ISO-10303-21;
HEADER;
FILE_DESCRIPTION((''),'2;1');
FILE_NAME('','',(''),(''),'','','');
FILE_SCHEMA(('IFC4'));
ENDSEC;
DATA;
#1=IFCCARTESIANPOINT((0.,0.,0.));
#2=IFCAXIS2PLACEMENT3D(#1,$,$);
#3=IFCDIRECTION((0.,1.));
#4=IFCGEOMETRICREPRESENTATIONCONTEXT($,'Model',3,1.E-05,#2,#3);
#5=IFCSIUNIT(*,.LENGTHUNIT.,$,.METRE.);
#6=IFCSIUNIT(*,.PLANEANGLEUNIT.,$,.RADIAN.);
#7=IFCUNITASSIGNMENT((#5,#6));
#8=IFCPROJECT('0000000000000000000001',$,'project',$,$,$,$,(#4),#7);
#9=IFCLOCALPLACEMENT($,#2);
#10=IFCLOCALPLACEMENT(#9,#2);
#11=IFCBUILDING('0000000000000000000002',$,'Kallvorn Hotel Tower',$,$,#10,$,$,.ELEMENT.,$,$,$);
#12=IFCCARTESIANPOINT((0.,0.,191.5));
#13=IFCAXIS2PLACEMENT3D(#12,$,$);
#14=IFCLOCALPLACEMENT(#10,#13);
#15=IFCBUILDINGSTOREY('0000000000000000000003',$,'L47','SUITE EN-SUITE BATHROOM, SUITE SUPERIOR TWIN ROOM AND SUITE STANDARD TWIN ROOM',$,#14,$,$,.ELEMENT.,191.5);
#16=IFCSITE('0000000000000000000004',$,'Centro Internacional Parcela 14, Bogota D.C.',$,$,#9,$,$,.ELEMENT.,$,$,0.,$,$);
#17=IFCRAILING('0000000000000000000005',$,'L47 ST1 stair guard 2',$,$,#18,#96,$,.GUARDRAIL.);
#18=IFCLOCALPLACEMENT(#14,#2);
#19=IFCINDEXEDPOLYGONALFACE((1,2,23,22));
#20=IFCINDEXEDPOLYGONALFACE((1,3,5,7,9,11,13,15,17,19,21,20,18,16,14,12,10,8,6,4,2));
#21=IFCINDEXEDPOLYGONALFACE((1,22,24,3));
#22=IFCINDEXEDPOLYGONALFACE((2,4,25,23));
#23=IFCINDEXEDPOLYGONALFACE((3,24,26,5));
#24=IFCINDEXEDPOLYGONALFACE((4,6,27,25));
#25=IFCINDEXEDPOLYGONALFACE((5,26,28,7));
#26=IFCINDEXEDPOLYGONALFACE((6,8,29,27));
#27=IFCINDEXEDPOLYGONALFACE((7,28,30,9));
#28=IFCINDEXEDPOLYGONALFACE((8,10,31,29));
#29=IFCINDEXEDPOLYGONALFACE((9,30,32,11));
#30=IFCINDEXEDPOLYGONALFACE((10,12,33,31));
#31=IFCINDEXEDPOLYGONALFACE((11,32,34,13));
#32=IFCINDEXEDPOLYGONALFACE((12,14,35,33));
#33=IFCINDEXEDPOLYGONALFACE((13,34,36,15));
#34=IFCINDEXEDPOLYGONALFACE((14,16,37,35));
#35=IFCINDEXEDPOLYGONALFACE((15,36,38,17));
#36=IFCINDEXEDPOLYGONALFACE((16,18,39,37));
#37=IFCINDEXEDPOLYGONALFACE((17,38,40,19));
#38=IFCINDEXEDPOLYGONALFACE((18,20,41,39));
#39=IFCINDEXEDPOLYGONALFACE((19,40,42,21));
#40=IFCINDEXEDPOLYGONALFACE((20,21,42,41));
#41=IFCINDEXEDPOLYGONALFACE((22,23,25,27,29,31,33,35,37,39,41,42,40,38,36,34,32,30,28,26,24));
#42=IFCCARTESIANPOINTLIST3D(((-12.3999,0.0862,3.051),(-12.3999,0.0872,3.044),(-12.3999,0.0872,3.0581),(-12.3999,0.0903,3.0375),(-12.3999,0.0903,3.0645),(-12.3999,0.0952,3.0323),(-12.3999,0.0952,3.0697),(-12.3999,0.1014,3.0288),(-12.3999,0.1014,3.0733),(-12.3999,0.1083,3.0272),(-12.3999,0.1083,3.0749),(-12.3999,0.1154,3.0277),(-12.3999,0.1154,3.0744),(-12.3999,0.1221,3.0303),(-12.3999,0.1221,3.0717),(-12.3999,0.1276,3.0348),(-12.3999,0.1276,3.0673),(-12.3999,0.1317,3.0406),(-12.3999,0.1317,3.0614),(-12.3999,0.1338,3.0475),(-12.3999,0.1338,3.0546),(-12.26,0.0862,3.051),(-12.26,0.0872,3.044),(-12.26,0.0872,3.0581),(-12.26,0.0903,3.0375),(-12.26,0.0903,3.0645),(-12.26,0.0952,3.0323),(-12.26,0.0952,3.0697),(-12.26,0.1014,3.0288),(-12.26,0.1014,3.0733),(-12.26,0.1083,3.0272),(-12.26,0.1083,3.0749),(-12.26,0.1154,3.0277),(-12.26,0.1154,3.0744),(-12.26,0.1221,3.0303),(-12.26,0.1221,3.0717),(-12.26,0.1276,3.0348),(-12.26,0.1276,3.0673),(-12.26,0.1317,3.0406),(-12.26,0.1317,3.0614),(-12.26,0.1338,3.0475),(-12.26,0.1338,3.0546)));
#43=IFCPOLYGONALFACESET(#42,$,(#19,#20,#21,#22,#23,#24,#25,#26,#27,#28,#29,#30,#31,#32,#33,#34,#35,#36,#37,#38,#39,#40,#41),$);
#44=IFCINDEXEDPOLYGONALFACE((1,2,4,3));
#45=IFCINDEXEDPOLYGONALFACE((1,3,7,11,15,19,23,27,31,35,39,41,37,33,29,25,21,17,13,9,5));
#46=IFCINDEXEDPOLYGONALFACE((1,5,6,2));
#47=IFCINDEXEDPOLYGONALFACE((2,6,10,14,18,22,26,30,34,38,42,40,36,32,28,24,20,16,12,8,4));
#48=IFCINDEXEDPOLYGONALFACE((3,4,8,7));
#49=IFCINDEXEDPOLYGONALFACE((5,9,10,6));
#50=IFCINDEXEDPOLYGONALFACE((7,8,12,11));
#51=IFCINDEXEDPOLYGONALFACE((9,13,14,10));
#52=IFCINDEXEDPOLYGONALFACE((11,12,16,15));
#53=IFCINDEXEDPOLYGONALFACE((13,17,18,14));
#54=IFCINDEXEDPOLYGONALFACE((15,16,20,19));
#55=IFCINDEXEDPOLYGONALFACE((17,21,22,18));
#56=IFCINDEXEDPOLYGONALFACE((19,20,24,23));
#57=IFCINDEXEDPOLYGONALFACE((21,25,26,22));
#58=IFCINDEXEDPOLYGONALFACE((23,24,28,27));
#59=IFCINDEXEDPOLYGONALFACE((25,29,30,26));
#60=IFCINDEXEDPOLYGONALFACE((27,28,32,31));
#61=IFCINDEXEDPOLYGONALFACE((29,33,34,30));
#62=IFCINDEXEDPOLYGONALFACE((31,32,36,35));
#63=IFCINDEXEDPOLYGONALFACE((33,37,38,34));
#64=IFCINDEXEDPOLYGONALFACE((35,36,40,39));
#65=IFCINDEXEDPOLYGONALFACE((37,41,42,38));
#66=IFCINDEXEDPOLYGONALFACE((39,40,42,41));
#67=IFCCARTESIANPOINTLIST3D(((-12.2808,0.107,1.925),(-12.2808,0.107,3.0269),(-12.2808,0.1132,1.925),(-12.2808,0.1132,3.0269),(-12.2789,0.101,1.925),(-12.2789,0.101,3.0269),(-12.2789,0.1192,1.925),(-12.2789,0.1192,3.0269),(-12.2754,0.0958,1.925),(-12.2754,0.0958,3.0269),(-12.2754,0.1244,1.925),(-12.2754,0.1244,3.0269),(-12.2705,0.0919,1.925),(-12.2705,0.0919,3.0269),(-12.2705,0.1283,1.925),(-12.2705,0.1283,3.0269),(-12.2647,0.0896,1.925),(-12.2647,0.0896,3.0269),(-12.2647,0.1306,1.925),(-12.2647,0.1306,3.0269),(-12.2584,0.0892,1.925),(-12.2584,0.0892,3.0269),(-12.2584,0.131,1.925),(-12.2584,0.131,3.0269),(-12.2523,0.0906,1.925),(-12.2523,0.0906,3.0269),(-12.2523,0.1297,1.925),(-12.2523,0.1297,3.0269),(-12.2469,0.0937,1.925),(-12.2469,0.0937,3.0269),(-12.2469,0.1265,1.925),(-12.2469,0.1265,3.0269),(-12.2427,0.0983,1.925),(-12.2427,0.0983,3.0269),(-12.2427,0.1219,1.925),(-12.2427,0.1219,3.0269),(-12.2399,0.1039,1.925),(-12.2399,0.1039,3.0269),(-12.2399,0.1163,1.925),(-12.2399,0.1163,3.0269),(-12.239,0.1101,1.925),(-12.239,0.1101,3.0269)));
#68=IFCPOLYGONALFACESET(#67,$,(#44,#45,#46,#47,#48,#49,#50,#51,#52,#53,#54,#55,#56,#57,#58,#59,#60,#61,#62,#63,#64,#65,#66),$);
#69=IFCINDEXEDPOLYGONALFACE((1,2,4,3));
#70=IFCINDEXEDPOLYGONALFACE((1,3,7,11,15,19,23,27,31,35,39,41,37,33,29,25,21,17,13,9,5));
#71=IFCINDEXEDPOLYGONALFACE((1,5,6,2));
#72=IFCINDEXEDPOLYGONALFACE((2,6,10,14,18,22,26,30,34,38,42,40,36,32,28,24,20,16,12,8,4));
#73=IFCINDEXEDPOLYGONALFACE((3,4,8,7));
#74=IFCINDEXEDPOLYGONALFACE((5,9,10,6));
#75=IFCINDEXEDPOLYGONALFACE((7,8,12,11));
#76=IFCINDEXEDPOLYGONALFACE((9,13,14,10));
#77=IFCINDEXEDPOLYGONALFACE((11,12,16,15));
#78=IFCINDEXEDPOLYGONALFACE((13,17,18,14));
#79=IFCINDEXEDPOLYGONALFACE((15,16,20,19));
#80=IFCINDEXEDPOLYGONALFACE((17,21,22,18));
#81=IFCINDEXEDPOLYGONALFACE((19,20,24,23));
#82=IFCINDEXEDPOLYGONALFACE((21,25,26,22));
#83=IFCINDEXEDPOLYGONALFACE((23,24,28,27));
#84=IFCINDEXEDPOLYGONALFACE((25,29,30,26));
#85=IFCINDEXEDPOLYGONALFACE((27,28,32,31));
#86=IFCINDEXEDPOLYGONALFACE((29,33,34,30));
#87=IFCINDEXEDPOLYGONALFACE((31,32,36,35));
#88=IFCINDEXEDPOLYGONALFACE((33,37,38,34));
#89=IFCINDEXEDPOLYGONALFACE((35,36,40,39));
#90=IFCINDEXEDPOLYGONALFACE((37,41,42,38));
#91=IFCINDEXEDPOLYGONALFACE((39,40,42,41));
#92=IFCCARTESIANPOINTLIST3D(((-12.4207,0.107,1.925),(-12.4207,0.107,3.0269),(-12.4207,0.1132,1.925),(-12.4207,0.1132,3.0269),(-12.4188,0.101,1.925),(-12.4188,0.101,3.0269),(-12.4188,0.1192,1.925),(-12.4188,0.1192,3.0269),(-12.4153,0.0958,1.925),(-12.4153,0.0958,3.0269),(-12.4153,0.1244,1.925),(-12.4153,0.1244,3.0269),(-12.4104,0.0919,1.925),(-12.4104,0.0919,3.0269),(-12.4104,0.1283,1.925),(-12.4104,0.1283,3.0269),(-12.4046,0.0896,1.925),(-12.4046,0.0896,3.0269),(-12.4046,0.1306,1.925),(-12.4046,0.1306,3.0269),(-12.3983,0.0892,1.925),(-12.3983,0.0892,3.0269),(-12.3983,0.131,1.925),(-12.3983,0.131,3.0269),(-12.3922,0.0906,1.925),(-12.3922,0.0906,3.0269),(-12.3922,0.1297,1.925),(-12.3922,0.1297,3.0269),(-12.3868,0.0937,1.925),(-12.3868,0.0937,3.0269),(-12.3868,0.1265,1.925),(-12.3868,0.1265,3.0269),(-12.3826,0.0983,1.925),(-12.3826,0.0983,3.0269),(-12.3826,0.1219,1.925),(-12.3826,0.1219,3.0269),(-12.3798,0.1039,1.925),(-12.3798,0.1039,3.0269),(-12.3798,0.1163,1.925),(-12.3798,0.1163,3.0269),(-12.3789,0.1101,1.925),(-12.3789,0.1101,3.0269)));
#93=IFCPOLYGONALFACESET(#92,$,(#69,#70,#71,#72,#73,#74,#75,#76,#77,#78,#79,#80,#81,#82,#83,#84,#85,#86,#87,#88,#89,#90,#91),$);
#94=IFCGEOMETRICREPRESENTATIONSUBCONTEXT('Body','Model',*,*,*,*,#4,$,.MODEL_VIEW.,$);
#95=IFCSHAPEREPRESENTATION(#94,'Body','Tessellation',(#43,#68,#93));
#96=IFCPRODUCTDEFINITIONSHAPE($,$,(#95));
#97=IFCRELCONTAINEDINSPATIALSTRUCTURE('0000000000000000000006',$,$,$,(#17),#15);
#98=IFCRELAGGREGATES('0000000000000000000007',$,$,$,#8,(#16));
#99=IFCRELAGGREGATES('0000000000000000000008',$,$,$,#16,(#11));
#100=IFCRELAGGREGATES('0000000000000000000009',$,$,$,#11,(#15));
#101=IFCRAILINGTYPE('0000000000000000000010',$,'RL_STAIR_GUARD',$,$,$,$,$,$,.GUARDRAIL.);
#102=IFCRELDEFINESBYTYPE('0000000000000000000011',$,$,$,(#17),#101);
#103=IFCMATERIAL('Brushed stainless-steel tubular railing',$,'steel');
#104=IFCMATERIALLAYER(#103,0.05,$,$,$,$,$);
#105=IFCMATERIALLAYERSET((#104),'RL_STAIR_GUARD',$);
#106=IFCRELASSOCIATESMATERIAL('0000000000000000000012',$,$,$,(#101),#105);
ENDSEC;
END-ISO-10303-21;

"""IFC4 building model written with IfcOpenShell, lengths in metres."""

from ifc_helpers import new_model, si_unit, direction, frame, origin, origin_2d, place, context, subcontext, project, spatial, circle, extrude, material, layer, layer_set, type_object, element, save


model = new_model("IFC4")

# Units and contexts
model_context = context("Model", 3, precision=1e-05, world=origin(), true_north=direction((0.0, 1.0)))
body_context = subcontext(model_context, "Body", "Model", "MODEL_VIEW")
ifc_project = project(units=[si_unit("LENGTHUNIT", "METRE"), si_unit("PLANEANGLEUNIT", "RADIAN")], contexts=[model_context])

# Site, building, storey
site_placement = place(None, origin())
site = spatial("IfcSite", under=ifc_project, at=site_placement, Name="Centro Internacional Parcela 14, Bogota D.C.", CompositionType="ELEMENT", RefElevation=0.0)
building_placement = place(site_placement, origin())
building = spatial("IfcBuilding", under=site, at=building_placement, Name="Kallvorn Hotel Tower", CompositionType="ELEMENT")
storey_placement = place(building_placement, frame((0.0, 0.0, 191.5)))
storey = spatial("IfcBuildingStorey", under=building, at=storey_placement, Name="L47", Description="SUITE EN-SUITE BATHROOM, SUITE SUPERIOR TWIN ROOM AND SUITE STANDARD TWIN ROOM", CompositionType="ELEMENT", Elevation=191.5)

# Railing
ifc_material_1 = material(Name="Brushed stainless-steel tubular railing", Category="steel")
ifc_layer_1 = layer(ifc_material_1, 0.05)
ifc_layer_set_1 = layer_set([ifc_layer_1], Name="RL_STAIR_GUARD")
railing_type_1 = type_object("IfcRailingType", Name="RL_STAIR_GUARD", PredefinedType="GUARDRAIL", material=ifc_layer_set_1)
railing_1_placement = place(storey_placement, frame((-12.26, 0.1101, 1.925)))
element("IfcRailing", 1, at=railing_1_placement, inside=storey, type_object=railing_type_1, Name="L47 ST1 stair guard 2", PredefinedType="GUARDRAIL", context=body_context, shape_type="SweptSolid", body=[
    extrude(circle(Radius=0.0239, at=origin_2d()), frame((0.0, 0.0, 1.126), z_axis=(-1.0, 0.0, 0.0), x_axis=(0.0, -1.0, 0.0)), (0.0, 0.0, 1.0), 0.1399),
    extrude(circle(Radius=0.021, at=origin_2d()), origin(), (0.0, 0.0, 1.0), 1.1018),
    extrude(circle(Radius=0.021, at=origin_2d()), frame((-0.1399, 0.0, 0.0)), (0.0, 0.0, 1.0), 1.1018),
])

save(model, "model.ifc")
